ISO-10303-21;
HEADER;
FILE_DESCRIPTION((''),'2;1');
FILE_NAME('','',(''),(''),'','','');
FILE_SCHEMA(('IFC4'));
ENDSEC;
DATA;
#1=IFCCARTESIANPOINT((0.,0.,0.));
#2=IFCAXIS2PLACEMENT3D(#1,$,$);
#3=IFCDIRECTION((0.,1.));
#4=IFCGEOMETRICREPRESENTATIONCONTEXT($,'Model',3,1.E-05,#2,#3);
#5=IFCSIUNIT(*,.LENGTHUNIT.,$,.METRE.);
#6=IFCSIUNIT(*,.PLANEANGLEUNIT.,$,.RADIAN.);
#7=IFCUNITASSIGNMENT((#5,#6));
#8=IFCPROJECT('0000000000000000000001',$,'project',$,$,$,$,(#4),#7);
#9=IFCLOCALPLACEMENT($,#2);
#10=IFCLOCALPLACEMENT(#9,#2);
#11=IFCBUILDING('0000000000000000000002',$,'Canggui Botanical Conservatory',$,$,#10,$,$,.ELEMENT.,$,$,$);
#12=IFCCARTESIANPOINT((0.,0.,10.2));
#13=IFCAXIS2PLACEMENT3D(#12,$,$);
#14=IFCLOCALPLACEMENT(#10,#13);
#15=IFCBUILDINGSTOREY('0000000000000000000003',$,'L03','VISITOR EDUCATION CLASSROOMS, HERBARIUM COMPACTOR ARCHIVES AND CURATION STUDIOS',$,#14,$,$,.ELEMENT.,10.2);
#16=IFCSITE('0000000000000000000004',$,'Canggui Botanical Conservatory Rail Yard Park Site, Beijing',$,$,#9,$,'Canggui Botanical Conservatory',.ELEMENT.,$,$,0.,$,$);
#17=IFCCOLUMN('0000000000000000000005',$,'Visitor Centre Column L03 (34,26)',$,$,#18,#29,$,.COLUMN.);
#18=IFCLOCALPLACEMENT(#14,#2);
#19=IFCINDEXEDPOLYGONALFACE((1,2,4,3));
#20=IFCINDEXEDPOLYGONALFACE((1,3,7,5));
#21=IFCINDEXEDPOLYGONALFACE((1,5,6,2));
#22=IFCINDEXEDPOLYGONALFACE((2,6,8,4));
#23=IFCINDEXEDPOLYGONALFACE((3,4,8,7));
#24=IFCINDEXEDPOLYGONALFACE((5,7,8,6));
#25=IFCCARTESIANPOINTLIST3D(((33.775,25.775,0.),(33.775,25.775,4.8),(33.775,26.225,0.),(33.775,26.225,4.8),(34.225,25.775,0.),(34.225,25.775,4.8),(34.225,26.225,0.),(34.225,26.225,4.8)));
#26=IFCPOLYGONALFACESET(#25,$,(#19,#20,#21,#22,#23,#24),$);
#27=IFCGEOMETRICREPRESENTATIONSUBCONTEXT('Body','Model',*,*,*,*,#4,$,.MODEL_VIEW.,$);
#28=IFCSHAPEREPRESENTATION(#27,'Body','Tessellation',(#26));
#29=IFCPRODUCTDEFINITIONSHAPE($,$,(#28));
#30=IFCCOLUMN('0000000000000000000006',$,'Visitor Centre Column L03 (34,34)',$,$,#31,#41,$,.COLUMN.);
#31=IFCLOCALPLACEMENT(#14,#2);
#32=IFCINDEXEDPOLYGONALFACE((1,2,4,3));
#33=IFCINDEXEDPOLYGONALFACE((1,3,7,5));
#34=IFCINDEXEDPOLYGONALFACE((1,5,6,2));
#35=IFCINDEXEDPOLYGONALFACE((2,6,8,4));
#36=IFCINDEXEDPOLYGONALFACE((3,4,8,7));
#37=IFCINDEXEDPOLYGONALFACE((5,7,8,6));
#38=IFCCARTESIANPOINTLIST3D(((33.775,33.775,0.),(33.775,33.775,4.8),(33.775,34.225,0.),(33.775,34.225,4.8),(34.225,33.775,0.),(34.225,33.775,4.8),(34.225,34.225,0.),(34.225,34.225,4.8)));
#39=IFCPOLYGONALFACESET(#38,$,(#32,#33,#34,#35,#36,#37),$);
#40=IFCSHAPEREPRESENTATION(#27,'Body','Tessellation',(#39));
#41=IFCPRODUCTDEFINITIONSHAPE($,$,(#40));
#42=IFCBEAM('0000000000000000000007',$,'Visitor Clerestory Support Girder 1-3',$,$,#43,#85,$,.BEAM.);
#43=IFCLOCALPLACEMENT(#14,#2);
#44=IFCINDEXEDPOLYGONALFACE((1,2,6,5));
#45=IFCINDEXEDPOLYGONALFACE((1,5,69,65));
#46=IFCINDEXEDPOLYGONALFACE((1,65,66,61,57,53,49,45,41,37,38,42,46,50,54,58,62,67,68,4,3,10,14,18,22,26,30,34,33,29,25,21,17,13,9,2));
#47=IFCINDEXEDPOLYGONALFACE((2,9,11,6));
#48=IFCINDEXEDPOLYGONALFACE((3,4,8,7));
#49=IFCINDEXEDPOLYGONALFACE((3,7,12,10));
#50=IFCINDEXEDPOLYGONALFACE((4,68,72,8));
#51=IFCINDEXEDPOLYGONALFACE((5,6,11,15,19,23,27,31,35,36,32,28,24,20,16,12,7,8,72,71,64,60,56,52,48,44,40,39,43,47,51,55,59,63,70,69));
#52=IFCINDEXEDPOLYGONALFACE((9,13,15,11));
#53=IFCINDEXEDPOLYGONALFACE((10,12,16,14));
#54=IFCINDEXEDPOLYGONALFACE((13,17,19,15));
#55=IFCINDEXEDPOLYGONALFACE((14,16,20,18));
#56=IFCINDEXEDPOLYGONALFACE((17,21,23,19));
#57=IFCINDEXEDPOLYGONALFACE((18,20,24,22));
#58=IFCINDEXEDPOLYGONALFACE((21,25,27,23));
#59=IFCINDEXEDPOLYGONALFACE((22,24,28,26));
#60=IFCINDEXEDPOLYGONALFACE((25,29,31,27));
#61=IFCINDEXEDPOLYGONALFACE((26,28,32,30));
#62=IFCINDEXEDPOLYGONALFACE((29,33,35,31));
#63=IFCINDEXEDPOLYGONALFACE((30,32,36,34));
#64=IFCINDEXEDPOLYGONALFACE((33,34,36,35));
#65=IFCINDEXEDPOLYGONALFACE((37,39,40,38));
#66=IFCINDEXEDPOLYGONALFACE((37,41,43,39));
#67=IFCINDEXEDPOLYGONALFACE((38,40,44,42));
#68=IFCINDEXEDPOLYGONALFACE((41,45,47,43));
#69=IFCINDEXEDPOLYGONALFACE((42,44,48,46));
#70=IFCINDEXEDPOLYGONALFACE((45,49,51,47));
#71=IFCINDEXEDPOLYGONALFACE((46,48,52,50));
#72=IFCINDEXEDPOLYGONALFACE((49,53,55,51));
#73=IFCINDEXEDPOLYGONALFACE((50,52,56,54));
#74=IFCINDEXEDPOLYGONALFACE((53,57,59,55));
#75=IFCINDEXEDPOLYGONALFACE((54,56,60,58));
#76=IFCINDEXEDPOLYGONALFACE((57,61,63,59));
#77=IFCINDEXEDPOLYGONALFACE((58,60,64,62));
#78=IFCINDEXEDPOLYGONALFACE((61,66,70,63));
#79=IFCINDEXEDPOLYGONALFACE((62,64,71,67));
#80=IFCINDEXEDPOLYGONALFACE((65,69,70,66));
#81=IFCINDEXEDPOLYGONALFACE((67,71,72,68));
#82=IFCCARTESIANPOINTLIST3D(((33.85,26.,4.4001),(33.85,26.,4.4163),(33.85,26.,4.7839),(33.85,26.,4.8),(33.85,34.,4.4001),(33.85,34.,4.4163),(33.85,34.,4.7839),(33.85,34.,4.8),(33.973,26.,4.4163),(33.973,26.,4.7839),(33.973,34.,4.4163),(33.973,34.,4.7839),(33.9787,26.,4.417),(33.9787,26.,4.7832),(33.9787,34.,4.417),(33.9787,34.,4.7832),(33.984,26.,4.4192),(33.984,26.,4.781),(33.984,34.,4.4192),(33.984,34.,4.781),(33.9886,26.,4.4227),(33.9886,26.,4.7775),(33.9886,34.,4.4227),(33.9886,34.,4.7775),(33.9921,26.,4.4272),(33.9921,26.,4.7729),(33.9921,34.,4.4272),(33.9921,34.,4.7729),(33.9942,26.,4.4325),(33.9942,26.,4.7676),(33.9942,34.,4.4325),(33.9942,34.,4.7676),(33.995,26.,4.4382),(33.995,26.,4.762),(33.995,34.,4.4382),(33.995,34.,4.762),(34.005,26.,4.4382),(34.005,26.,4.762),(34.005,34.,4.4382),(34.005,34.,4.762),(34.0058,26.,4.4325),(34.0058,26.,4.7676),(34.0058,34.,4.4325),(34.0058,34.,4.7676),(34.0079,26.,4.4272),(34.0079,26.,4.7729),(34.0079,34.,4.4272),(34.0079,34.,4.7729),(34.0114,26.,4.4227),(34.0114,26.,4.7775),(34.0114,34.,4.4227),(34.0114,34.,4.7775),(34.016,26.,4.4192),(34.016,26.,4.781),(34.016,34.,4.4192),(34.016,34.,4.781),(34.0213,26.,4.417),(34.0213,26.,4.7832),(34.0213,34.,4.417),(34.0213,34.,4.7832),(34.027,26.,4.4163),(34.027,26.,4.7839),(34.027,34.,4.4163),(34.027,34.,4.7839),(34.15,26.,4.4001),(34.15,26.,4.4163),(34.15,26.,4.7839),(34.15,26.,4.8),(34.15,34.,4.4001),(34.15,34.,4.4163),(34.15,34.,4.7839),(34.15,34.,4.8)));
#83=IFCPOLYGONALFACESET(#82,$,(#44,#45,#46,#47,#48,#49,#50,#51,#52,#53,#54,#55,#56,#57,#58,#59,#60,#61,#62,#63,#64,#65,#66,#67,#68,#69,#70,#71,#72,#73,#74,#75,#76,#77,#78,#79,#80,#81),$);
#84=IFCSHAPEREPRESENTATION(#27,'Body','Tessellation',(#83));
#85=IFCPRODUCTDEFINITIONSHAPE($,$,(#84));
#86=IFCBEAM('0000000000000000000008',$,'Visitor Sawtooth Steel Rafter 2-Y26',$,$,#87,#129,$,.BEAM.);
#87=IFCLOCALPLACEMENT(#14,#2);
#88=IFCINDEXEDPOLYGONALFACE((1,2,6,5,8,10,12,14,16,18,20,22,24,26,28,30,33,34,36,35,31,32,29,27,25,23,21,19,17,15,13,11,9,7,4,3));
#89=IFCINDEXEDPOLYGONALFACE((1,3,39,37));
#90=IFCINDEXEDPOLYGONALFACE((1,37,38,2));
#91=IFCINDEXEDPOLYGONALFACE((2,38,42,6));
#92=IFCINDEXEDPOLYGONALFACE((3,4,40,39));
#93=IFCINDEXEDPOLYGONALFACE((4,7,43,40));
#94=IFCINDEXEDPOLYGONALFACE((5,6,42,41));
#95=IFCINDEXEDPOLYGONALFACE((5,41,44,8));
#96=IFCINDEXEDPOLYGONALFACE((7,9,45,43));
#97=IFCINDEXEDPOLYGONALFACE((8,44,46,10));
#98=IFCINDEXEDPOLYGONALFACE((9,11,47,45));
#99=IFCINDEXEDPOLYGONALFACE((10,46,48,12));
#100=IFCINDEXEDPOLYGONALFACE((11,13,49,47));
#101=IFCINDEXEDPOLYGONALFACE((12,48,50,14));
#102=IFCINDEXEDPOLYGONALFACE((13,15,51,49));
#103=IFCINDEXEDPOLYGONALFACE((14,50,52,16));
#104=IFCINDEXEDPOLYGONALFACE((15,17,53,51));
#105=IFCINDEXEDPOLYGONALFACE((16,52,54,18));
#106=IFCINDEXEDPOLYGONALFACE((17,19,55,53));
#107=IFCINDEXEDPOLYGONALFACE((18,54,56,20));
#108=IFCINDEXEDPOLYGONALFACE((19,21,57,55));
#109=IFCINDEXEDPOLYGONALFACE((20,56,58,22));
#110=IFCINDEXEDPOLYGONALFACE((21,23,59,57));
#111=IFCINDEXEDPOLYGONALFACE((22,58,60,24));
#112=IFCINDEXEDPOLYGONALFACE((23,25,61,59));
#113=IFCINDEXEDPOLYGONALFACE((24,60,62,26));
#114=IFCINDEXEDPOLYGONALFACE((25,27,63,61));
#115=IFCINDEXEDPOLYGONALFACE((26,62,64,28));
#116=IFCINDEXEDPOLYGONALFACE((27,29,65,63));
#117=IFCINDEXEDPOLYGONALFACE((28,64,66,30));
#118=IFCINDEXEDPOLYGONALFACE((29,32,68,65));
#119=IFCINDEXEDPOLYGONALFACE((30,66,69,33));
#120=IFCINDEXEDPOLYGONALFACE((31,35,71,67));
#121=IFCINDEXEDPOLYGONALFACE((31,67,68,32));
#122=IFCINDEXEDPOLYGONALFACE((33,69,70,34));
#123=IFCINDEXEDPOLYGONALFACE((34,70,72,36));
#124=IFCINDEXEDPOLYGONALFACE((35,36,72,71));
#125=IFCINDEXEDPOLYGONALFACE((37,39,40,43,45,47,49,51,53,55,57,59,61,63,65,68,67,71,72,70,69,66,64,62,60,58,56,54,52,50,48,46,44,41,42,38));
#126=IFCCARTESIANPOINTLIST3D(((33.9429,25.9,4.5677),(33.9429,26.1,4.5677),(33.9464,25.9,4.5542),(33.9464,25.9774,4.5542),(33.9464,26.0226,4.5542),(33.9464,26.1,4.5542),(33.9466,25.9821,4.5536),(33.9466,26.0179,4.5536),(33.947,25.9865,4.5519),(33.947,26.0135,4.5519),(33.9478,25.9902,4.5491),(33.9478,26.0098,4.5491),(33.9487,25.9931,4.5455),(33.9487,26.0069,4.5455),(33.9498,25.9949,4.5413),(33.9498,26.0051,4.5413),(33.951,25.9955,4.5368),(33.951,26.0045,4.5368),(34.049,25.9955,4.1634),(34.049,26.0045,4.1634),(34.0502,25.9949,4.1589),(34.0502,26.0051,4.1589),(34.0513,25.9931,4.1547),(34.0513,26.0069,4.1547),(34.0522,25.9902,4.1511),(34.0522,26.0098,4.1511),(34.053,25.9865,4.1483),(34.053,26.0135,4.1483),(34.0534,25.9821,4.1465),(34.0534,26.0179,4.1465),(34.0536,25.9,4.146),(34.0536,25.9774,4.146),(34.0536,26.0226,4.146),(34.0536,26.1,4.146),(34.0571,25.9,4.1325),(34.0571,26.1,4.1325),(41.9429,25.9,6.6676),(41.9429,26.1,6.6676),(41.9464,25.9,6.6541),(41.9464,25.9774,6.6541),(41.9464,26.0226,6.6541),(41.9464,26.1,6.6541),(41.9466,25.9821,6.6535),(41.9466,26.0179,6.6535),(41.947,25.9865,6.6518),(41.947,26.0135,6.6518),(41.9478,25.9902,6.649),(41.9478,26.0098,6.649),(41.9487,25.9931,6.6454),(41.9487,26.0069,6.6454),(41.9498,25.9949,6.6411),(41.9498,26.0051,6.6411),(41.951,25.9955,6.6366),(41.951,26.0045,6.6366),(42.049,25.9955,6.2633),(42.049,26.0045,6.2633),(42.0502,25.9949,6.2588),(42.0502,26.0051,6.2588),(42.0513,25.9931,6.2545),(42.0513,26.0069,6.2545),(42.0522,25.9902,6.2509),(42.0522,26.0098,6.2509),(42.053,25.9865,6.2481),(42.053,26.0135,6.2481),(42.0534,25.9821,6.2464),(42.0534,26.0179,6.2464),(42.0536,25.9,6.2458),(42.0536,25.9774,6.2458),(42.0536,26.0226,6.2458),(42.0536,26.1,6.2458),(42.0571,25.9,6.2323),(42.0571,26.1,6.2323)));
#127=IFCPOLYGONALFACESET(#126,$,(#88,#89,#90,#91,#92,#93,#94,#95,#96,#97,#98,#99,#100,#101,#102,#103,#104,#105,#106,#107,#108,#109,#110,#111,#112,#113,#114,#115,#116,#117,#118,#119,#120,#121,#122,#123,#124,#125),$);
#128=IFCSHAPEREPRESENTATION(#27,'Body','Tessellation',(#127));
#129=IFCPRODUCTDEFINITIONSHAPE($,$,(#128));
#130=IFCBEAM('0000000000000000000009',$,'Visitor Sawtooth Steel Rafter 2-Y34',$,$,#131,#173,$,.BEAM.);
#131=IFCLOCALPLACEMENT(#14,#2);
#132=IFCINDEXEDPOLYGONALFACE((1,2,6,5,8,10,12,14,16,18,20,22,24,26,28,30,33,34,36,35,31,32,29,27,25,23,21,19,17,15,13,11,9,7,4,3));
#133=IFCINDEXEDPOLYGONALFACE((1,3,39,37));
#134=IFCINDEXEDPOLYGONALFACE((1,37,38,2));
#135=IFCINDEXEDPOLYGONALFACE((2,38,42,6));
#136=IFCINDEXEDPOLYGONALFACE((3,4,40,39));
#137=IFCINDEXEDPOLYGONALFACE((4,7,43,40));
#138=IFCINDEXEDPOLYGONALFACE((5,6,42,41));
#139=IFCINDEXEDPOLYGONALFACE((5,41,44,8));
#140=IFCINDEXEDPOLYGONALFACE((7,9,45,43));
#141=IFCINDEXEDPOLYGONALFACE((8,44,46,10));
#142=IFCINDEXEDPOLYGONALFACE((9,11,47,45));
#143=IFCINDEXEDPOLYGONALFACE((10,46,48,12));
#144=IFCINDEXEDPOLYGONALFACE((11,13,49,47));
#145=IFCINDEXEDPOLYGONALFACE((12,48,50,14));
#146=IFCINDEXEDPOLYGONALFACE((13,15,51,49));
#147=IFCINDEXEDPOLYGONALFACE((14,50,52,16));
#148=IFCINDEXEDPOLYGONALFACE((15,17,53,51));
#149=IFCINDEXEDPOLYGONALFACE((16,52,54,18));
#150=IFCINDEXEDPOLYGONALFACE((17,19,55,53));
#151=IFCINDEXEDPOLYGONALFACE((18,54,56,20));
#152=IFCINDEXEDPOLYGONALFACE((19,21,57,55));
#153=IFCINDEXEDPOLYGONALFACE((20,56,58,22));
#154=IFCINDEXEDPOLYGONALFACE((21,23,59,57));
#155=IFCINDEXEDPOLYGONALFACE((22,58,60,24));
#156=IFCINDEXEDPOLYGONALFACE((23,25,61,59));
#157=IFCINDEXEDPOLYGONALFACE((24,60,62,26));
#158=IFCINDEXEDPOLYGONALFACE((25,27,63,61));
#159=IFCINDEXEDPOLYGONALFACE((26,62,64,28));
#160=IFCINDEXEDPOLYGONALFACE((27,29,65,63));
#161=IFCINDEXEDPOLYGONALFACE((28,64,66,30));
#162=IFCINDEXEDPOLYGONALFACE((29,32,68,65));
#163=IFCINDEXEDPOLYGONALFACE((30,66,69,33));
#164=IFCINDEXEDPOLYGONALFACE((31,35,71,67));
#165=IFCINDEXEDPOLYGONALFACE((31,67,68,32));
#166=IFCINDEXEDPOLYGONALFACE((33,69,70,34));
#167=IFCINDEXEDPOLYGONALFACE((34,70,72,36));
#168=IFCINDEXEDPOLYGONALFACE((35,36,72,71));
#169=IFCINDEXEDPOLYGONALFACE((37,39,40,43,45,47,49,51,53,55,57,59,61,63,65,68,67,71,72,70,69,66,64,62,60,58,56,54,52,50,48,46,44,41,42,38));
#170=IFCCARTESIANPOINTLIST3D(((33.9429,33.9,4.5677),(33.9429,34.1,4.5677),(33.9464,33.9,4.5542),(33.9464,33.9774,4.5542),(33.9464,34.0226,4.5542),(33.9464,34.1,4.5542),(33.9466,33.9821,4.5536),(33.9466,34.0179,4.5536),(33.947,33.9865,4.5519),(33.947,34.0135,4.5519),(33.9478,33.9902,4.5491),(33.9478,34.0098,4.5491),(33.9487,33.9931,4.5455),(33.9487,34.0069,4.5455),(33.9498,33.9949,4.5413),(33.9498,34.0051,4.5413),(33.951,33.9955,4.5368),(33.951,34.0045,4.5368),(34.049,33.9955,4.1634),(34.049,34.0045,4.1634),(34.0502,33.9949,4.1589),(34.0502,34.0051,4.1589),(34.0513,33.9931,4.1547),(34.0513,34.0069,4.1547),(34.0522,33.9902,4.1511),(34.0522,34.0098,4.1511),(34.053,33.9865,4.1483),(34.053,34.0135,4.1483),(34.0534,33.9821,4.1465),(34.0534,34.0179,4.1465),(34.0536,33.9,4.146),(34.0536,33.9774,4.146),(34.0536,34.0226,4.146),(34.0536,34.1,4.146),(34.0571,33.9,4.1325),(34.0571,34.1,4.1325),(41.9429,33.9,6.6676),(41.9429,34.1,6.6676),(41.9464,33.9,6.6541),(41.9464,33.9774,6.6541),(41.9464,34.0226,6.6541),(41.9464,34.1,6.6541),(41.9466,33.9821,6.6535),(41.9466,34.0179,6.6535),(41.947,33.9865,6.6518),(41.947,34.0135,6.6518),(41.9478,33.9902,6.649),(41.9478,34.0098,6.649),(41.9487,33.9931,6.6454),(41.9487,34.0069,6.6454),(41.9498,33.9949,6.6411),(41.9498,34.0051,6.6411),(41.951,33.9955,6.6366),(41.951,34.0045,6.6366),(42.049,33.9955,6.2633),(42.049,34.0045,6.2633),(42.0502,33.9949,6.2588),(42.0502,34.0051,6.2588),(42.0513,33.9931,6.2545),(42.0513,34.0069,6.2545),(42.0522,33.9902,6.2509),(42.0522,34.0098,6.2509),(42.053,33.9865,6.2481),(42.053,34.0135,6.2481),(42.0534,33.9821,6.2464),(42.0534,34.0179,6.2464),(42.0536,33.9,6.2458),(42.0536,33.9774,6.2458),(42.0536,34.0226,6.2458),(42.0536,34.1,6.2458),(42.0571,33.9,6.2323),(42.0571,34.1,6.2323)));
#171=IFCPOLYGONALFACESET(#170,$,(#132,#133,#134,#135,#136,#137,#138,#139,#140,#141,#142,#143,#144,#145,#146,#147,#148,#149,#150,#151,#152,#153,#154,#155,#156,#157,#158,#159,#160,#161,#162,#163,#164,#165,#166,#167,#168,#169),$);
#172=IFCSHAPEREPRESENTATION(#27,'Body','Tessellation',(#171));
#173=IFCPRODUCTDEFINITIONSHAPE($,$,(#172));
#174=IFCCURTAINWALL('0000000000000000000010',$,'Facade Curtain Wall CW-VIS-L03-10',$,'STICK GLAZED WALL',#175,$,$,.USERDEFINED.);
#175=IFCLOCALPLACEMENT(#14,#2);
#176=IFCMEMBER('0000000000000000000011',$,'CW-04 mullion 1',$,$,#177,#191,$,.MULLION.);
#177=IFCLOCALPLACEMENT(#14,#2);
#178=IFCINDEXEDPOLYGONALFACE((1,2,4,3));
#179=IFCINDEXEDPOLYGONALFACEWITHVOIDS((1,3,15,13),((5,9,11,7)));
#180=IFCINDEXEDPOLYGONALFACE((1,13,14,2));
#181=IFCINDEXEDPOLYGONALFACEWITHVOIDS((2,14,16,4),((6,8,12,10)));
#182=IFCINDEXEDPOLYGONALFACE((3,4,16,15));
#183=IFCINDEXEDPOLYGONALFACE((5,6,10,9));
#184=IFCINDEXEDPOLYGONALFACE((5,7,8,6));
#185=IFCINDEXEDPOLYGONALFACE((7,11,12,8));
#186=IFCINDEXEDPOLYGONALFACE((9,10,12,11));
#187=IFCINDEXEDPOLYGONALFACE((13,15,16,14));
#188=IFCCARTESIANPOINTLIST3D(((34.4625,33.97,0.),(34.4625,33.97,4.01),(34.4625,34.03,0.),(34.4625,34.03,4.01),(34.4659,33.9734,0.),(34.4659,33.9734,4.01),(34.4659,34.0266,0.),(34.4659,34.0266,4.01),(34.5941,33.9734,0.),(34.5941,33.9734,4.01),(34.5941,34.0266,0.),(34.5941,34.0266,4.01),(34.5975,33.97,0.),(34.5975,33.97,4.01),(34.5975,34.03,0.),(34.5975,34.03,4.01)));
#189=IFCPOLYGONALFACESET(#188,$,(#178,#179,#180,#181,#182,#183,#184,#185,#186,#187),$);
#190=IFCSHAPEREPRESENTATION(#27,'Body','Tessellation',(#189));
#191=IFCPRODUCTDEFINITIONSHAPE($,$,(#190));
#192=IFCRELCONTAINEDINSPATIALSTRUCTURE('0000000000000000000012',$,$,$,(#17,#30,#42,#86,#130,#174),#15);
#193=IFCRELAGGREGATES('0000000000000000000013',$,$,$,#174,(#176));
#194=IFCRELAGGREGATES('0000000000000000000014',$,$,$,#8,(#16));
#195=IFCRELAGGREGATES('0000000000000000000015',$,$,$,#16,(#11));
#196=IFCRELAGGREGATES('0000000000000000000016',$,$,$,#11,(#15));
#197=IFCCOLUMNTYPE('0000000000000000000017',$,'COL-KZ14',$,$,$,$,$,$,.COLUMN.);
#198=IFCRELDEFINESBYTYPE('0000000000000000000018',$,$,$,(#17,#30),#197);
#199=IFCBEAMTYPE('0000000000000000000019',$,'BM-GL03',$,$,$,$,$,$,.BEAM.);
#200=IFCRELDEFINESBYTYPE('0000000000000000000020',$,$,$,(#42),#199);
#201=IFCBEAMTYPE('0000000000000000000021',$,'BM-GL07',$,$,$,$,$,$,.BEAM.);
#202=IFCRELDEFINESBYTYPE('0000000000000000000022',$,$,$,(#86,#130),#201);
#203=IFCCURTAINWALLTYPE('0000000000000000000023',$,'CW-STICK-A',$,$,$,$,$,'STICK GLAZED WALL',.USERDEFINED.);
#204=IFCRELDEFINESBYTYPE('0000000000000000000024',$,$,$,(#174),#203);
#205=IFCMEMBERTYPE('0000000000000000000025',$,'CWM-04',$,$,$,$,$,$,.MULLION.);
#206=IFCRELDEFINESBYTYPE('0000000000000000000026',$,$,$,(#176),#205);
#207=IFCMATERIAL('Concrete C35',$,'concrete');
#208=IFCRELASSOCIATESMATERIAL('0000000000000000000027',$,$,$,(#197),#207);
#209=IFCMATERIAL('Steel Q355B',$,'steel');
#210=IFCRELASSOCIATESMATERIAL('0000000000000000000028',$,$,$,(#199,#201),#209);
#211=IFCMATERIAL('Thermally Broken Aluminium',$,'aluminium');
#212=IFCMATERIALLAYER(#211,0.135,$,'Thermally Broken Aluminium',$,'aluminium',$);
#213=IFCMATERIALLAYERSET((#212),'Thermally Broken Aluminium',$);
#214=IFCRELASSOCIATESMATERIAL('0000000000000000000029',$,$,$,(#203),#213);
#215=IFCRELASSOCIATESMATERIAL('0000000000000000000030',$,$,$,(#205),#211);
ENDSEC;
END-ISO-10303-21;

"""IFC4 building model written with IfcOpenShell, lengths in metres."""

from ifc_helpers import new_model, si_unit, direction, frame, origin, origin_2d, place, context, subcontext, project, spatial, rectangle, hollow_rectangle, i_section, extrude, material, layer, layer_set, material_profile, profile_set, type_object, element, aggregate, save


model = new_model("IFC4")

# Units and contexts
model_context = context("Model", 3, precision=1e-05, world=origin(), true_north=direction((0.0, 1.0)))
body_context = subcontext(model_context, "Body", "Model", "MODEL_VIEW")
ifc_project = project(units=[si_unit("LENGTHUNIT", "METRE"), si_unit("PLANEANGLEUNIT", "RADIAN")], contexts=[model_context])

# Site, building, storey
site_placement = place(None, origin())
site = spatial("IfcSite", under=ifc_project, at=site_placement, Name="Canggui Botanical Conservatory Rail Yard Park Site, Beijing", LongName="Canggui Botanical Conservatory", CompositionType="ELEMENT", RefElevation=0.0)
building_placement = place(site_placement, origin())
building = spatial("IfcBuilding", under=site, at=building_placement, Name="Canggui Botanical Conservatory", CompositionType="ELEMENT")
storey_placement = place(building_placement, frame((0.0, 0.0, 10.2)))
storey = spatial("IfcBuildingStorey", under=building, at=storey_placement, Name="L03", Description="VISITOR EDUCATION CLASSROOMS, HERBARIUM COMPACTOR ARCHIVES AND CURATION STUDIOS", CompositionType="ELEMENT", Elevation=10.2)

# Columns
ifc_material_1 = material(Name="Concrete C35", Category="concrete")
ifc_material_profile_1 = material_profile(ifc_material_1, rectangle(XDim=0.45, YDim=0.45, at=origin_2d()), Name="RC 450x450")
ifc_profile_set_1 = profile_set([ifc_material_profile_1], Name="Concrete C35")
column_type = type_object("IfcColumnType", Name="COL-KZ14", PredefinedType="COLUMN", material=ifc_profile_set_1)
for number, where, z_axis, x_axis, name in (
    (1, (34.0, 26.0, 0.0), (0.0, 0.0, 1.0), (1.0, 0.0, 0.0), "Visitor Centre Column L03 (34,26)"),
    (2, (34.0, 34.0, 0.0), (0.0, 0.0, 1.0), (1.0, 0.0, 0.0), "Visitor Centre Column L03 (34,34)"),
):
    element("IfcColumn", number, at=place(storey_placement, frame(where, z_axis=z_axis, x_axis=x_axis)), inside=storey, type_object=column_type, Name=name, PredefinedType="COLUMN", context=body_context, shape_type="SweptSolid", body=[
        extrude(rectangle(XDim=0.45, YDim=0.45, at=origin_2d()), origin(), (0.0, 0.0, 1.0), 4.8),
    ])

# Beams
ifc_material_2 = material(Name="Steel Q355B", Category="steel")
ifc_material_profile_2 = material_profile(ifc_material_2, i_section(OverallWidth=0.3, OverallDepth=0.3999, WebThickness=0.01, FlangeThickness=0.0161, FilletRadius=0.022, at=origin_2d()), Name="HM 400x300x10x16")
ifc_profile_set_2 = profile_set([ifc_material_profile_2], Name="Steel Q355B")
beam_type_1 = type_object("IfcBeamType", Name="BM-GL03", PredefinedType="BEAM", material=ifc_profile_set_2)
beam_placement = place(storey_placement, frame((34.0, 26.0, 4.6001), z_axis=(0.0, 1.0, 0.0), x_axis=(-1.0, 0.0, 0.0)))
element("IfcBeam", 3, at=beam_placement, inside=storey, type_object=beam_type_1, Name="Visitor Clerestory Support Girder 1-3", PredefinedType="BEAM", context=body_context, shape_type="SweptSolid", body=[
    extrude(i_section(OverallWidth=0.3, OverallDepth=0.3999, WebThickness=0.01, FlangeThickness=0.0161, FilletRadius=0.022, at=origin_2d()), origin(), (0.0, 0.0, 1.0), 8.0),
])
ifc_material_profile_3 = material_profile(ifc_material_2, i_section(OverallWidth=0.2, OverallDepth=0.45, WebThickness=0.009, FlangeThickness=0.0139, FilletRadius=0.0181, at=origin_2d()), Name="HN 450x200x9x14")
ifc_profile_set_3 = profile_set([ifc_material_profile_3], Name="Steel Q355B")
beam_type_2 = type_object("IfcBeamType", Name="BM-GL07", PredefinedType="BEAM", material=ifc_profile_set_3)
for number, where, z_axis, x_axis, name in (
    (4, (34.0, 26.0, 4.3501), (0.967235, 0.0, 0.253882), (0.0, 1.0, 0.0), "Visitor Sawtooth Steel Rafter 2-Y26"),
    (5, (34.0, 34.0, 4.3501), (0.967235, 0.0, 0.253882), (0.0, 1.0, 0.0), "Visitor Sawtooth Steel Rafter 2-Y34"),
):
    element("IfcBeam", number, at=place(storey_placement, frame(where, z_axis=z_axis, x_axis=x_axis)), inside=storey, type_object=beam_type_2, Name=name, PredefinedType="BEAM", context=body_context, shape_type="SweptSolid", body=[
        extrude(i_section(OverallWidth=0.2, OverallDepth=0.45, WebThickness=0.009, FlangeThickness=0.0139, FilletRadius=0.0181, at=origin_2d()), origin(), (0.0, 0.0, 1.0), 8.271),
    ])

# Curtain wall, member
ifc_material_3 = material(Name="Thermally Broken Aluminium", Category="aluminium")
ifc_layer_1 = layer(ifc_material_3, 0.135, Name="Thermally Broken Aluminium", Category="aluminium")
ifc_layer_set_1 = layer_set([ifc_layer_1], Name="Thermally Broken Aluminium")
curtain_wall_type = type_object("IfcCurtainWallType", Name="CW-STICK-A", ElementType="STICK GLAZED WALL", PredefinedType="USERDEFINED", material=ifc_layer_set_1)
curtain_wall_placement = place(storey_placement, origin())
curtain_wall = element("IfcCurtainWall", 6, at=curtain_wall_placement, inside=storey, type_object=curtain_wall_type, Name="Facade Curtain Wall CW-VIS-L03-10", ObjectType="STICK GLAZED WALL", PredefinedType="USERDEFINED")
ifc_material_profile_4 = material_profile(ifc_material_3, hollow_rectangle(XDim=0.0601, YDim=0.135, WallThickness=0.0034, at=origin_2d()), Name="CWM 60x135x3.5")
ifc_profile_set_4 = profile_set([ifc_material_profile_4], Name="Thermally Broken Aluminium")
member_type_1 = type_object("IfcMemberType", Name="CWM-04", PredefinedType="MULLION", material=ifc_profile_set_4)
member_1_placement = place(storey_placement, frame((34.53, 34.0, 0.0), z_axis=(0.0, 0.0, 1.0), x_axis=(0.0, 1.0, 0.0)))
member_1 = element("IfcMember", 7, at=member_1_placement, type_object=member_type_1, Name="CW-04 mullion 1", PredefinedType="MULLION", context=body_context, shape_type="SweptSolid", body=[
    extrude(hollow_rectangle(XDim=0.0601, YDim=0.135, WallThickness=0.0034, at=origin_2d()), origin(), (0.0, 0.0, 1.0), 4.01),
])

aggregate(curtain_wall, [member_1])

save(model, "model.ifc")
